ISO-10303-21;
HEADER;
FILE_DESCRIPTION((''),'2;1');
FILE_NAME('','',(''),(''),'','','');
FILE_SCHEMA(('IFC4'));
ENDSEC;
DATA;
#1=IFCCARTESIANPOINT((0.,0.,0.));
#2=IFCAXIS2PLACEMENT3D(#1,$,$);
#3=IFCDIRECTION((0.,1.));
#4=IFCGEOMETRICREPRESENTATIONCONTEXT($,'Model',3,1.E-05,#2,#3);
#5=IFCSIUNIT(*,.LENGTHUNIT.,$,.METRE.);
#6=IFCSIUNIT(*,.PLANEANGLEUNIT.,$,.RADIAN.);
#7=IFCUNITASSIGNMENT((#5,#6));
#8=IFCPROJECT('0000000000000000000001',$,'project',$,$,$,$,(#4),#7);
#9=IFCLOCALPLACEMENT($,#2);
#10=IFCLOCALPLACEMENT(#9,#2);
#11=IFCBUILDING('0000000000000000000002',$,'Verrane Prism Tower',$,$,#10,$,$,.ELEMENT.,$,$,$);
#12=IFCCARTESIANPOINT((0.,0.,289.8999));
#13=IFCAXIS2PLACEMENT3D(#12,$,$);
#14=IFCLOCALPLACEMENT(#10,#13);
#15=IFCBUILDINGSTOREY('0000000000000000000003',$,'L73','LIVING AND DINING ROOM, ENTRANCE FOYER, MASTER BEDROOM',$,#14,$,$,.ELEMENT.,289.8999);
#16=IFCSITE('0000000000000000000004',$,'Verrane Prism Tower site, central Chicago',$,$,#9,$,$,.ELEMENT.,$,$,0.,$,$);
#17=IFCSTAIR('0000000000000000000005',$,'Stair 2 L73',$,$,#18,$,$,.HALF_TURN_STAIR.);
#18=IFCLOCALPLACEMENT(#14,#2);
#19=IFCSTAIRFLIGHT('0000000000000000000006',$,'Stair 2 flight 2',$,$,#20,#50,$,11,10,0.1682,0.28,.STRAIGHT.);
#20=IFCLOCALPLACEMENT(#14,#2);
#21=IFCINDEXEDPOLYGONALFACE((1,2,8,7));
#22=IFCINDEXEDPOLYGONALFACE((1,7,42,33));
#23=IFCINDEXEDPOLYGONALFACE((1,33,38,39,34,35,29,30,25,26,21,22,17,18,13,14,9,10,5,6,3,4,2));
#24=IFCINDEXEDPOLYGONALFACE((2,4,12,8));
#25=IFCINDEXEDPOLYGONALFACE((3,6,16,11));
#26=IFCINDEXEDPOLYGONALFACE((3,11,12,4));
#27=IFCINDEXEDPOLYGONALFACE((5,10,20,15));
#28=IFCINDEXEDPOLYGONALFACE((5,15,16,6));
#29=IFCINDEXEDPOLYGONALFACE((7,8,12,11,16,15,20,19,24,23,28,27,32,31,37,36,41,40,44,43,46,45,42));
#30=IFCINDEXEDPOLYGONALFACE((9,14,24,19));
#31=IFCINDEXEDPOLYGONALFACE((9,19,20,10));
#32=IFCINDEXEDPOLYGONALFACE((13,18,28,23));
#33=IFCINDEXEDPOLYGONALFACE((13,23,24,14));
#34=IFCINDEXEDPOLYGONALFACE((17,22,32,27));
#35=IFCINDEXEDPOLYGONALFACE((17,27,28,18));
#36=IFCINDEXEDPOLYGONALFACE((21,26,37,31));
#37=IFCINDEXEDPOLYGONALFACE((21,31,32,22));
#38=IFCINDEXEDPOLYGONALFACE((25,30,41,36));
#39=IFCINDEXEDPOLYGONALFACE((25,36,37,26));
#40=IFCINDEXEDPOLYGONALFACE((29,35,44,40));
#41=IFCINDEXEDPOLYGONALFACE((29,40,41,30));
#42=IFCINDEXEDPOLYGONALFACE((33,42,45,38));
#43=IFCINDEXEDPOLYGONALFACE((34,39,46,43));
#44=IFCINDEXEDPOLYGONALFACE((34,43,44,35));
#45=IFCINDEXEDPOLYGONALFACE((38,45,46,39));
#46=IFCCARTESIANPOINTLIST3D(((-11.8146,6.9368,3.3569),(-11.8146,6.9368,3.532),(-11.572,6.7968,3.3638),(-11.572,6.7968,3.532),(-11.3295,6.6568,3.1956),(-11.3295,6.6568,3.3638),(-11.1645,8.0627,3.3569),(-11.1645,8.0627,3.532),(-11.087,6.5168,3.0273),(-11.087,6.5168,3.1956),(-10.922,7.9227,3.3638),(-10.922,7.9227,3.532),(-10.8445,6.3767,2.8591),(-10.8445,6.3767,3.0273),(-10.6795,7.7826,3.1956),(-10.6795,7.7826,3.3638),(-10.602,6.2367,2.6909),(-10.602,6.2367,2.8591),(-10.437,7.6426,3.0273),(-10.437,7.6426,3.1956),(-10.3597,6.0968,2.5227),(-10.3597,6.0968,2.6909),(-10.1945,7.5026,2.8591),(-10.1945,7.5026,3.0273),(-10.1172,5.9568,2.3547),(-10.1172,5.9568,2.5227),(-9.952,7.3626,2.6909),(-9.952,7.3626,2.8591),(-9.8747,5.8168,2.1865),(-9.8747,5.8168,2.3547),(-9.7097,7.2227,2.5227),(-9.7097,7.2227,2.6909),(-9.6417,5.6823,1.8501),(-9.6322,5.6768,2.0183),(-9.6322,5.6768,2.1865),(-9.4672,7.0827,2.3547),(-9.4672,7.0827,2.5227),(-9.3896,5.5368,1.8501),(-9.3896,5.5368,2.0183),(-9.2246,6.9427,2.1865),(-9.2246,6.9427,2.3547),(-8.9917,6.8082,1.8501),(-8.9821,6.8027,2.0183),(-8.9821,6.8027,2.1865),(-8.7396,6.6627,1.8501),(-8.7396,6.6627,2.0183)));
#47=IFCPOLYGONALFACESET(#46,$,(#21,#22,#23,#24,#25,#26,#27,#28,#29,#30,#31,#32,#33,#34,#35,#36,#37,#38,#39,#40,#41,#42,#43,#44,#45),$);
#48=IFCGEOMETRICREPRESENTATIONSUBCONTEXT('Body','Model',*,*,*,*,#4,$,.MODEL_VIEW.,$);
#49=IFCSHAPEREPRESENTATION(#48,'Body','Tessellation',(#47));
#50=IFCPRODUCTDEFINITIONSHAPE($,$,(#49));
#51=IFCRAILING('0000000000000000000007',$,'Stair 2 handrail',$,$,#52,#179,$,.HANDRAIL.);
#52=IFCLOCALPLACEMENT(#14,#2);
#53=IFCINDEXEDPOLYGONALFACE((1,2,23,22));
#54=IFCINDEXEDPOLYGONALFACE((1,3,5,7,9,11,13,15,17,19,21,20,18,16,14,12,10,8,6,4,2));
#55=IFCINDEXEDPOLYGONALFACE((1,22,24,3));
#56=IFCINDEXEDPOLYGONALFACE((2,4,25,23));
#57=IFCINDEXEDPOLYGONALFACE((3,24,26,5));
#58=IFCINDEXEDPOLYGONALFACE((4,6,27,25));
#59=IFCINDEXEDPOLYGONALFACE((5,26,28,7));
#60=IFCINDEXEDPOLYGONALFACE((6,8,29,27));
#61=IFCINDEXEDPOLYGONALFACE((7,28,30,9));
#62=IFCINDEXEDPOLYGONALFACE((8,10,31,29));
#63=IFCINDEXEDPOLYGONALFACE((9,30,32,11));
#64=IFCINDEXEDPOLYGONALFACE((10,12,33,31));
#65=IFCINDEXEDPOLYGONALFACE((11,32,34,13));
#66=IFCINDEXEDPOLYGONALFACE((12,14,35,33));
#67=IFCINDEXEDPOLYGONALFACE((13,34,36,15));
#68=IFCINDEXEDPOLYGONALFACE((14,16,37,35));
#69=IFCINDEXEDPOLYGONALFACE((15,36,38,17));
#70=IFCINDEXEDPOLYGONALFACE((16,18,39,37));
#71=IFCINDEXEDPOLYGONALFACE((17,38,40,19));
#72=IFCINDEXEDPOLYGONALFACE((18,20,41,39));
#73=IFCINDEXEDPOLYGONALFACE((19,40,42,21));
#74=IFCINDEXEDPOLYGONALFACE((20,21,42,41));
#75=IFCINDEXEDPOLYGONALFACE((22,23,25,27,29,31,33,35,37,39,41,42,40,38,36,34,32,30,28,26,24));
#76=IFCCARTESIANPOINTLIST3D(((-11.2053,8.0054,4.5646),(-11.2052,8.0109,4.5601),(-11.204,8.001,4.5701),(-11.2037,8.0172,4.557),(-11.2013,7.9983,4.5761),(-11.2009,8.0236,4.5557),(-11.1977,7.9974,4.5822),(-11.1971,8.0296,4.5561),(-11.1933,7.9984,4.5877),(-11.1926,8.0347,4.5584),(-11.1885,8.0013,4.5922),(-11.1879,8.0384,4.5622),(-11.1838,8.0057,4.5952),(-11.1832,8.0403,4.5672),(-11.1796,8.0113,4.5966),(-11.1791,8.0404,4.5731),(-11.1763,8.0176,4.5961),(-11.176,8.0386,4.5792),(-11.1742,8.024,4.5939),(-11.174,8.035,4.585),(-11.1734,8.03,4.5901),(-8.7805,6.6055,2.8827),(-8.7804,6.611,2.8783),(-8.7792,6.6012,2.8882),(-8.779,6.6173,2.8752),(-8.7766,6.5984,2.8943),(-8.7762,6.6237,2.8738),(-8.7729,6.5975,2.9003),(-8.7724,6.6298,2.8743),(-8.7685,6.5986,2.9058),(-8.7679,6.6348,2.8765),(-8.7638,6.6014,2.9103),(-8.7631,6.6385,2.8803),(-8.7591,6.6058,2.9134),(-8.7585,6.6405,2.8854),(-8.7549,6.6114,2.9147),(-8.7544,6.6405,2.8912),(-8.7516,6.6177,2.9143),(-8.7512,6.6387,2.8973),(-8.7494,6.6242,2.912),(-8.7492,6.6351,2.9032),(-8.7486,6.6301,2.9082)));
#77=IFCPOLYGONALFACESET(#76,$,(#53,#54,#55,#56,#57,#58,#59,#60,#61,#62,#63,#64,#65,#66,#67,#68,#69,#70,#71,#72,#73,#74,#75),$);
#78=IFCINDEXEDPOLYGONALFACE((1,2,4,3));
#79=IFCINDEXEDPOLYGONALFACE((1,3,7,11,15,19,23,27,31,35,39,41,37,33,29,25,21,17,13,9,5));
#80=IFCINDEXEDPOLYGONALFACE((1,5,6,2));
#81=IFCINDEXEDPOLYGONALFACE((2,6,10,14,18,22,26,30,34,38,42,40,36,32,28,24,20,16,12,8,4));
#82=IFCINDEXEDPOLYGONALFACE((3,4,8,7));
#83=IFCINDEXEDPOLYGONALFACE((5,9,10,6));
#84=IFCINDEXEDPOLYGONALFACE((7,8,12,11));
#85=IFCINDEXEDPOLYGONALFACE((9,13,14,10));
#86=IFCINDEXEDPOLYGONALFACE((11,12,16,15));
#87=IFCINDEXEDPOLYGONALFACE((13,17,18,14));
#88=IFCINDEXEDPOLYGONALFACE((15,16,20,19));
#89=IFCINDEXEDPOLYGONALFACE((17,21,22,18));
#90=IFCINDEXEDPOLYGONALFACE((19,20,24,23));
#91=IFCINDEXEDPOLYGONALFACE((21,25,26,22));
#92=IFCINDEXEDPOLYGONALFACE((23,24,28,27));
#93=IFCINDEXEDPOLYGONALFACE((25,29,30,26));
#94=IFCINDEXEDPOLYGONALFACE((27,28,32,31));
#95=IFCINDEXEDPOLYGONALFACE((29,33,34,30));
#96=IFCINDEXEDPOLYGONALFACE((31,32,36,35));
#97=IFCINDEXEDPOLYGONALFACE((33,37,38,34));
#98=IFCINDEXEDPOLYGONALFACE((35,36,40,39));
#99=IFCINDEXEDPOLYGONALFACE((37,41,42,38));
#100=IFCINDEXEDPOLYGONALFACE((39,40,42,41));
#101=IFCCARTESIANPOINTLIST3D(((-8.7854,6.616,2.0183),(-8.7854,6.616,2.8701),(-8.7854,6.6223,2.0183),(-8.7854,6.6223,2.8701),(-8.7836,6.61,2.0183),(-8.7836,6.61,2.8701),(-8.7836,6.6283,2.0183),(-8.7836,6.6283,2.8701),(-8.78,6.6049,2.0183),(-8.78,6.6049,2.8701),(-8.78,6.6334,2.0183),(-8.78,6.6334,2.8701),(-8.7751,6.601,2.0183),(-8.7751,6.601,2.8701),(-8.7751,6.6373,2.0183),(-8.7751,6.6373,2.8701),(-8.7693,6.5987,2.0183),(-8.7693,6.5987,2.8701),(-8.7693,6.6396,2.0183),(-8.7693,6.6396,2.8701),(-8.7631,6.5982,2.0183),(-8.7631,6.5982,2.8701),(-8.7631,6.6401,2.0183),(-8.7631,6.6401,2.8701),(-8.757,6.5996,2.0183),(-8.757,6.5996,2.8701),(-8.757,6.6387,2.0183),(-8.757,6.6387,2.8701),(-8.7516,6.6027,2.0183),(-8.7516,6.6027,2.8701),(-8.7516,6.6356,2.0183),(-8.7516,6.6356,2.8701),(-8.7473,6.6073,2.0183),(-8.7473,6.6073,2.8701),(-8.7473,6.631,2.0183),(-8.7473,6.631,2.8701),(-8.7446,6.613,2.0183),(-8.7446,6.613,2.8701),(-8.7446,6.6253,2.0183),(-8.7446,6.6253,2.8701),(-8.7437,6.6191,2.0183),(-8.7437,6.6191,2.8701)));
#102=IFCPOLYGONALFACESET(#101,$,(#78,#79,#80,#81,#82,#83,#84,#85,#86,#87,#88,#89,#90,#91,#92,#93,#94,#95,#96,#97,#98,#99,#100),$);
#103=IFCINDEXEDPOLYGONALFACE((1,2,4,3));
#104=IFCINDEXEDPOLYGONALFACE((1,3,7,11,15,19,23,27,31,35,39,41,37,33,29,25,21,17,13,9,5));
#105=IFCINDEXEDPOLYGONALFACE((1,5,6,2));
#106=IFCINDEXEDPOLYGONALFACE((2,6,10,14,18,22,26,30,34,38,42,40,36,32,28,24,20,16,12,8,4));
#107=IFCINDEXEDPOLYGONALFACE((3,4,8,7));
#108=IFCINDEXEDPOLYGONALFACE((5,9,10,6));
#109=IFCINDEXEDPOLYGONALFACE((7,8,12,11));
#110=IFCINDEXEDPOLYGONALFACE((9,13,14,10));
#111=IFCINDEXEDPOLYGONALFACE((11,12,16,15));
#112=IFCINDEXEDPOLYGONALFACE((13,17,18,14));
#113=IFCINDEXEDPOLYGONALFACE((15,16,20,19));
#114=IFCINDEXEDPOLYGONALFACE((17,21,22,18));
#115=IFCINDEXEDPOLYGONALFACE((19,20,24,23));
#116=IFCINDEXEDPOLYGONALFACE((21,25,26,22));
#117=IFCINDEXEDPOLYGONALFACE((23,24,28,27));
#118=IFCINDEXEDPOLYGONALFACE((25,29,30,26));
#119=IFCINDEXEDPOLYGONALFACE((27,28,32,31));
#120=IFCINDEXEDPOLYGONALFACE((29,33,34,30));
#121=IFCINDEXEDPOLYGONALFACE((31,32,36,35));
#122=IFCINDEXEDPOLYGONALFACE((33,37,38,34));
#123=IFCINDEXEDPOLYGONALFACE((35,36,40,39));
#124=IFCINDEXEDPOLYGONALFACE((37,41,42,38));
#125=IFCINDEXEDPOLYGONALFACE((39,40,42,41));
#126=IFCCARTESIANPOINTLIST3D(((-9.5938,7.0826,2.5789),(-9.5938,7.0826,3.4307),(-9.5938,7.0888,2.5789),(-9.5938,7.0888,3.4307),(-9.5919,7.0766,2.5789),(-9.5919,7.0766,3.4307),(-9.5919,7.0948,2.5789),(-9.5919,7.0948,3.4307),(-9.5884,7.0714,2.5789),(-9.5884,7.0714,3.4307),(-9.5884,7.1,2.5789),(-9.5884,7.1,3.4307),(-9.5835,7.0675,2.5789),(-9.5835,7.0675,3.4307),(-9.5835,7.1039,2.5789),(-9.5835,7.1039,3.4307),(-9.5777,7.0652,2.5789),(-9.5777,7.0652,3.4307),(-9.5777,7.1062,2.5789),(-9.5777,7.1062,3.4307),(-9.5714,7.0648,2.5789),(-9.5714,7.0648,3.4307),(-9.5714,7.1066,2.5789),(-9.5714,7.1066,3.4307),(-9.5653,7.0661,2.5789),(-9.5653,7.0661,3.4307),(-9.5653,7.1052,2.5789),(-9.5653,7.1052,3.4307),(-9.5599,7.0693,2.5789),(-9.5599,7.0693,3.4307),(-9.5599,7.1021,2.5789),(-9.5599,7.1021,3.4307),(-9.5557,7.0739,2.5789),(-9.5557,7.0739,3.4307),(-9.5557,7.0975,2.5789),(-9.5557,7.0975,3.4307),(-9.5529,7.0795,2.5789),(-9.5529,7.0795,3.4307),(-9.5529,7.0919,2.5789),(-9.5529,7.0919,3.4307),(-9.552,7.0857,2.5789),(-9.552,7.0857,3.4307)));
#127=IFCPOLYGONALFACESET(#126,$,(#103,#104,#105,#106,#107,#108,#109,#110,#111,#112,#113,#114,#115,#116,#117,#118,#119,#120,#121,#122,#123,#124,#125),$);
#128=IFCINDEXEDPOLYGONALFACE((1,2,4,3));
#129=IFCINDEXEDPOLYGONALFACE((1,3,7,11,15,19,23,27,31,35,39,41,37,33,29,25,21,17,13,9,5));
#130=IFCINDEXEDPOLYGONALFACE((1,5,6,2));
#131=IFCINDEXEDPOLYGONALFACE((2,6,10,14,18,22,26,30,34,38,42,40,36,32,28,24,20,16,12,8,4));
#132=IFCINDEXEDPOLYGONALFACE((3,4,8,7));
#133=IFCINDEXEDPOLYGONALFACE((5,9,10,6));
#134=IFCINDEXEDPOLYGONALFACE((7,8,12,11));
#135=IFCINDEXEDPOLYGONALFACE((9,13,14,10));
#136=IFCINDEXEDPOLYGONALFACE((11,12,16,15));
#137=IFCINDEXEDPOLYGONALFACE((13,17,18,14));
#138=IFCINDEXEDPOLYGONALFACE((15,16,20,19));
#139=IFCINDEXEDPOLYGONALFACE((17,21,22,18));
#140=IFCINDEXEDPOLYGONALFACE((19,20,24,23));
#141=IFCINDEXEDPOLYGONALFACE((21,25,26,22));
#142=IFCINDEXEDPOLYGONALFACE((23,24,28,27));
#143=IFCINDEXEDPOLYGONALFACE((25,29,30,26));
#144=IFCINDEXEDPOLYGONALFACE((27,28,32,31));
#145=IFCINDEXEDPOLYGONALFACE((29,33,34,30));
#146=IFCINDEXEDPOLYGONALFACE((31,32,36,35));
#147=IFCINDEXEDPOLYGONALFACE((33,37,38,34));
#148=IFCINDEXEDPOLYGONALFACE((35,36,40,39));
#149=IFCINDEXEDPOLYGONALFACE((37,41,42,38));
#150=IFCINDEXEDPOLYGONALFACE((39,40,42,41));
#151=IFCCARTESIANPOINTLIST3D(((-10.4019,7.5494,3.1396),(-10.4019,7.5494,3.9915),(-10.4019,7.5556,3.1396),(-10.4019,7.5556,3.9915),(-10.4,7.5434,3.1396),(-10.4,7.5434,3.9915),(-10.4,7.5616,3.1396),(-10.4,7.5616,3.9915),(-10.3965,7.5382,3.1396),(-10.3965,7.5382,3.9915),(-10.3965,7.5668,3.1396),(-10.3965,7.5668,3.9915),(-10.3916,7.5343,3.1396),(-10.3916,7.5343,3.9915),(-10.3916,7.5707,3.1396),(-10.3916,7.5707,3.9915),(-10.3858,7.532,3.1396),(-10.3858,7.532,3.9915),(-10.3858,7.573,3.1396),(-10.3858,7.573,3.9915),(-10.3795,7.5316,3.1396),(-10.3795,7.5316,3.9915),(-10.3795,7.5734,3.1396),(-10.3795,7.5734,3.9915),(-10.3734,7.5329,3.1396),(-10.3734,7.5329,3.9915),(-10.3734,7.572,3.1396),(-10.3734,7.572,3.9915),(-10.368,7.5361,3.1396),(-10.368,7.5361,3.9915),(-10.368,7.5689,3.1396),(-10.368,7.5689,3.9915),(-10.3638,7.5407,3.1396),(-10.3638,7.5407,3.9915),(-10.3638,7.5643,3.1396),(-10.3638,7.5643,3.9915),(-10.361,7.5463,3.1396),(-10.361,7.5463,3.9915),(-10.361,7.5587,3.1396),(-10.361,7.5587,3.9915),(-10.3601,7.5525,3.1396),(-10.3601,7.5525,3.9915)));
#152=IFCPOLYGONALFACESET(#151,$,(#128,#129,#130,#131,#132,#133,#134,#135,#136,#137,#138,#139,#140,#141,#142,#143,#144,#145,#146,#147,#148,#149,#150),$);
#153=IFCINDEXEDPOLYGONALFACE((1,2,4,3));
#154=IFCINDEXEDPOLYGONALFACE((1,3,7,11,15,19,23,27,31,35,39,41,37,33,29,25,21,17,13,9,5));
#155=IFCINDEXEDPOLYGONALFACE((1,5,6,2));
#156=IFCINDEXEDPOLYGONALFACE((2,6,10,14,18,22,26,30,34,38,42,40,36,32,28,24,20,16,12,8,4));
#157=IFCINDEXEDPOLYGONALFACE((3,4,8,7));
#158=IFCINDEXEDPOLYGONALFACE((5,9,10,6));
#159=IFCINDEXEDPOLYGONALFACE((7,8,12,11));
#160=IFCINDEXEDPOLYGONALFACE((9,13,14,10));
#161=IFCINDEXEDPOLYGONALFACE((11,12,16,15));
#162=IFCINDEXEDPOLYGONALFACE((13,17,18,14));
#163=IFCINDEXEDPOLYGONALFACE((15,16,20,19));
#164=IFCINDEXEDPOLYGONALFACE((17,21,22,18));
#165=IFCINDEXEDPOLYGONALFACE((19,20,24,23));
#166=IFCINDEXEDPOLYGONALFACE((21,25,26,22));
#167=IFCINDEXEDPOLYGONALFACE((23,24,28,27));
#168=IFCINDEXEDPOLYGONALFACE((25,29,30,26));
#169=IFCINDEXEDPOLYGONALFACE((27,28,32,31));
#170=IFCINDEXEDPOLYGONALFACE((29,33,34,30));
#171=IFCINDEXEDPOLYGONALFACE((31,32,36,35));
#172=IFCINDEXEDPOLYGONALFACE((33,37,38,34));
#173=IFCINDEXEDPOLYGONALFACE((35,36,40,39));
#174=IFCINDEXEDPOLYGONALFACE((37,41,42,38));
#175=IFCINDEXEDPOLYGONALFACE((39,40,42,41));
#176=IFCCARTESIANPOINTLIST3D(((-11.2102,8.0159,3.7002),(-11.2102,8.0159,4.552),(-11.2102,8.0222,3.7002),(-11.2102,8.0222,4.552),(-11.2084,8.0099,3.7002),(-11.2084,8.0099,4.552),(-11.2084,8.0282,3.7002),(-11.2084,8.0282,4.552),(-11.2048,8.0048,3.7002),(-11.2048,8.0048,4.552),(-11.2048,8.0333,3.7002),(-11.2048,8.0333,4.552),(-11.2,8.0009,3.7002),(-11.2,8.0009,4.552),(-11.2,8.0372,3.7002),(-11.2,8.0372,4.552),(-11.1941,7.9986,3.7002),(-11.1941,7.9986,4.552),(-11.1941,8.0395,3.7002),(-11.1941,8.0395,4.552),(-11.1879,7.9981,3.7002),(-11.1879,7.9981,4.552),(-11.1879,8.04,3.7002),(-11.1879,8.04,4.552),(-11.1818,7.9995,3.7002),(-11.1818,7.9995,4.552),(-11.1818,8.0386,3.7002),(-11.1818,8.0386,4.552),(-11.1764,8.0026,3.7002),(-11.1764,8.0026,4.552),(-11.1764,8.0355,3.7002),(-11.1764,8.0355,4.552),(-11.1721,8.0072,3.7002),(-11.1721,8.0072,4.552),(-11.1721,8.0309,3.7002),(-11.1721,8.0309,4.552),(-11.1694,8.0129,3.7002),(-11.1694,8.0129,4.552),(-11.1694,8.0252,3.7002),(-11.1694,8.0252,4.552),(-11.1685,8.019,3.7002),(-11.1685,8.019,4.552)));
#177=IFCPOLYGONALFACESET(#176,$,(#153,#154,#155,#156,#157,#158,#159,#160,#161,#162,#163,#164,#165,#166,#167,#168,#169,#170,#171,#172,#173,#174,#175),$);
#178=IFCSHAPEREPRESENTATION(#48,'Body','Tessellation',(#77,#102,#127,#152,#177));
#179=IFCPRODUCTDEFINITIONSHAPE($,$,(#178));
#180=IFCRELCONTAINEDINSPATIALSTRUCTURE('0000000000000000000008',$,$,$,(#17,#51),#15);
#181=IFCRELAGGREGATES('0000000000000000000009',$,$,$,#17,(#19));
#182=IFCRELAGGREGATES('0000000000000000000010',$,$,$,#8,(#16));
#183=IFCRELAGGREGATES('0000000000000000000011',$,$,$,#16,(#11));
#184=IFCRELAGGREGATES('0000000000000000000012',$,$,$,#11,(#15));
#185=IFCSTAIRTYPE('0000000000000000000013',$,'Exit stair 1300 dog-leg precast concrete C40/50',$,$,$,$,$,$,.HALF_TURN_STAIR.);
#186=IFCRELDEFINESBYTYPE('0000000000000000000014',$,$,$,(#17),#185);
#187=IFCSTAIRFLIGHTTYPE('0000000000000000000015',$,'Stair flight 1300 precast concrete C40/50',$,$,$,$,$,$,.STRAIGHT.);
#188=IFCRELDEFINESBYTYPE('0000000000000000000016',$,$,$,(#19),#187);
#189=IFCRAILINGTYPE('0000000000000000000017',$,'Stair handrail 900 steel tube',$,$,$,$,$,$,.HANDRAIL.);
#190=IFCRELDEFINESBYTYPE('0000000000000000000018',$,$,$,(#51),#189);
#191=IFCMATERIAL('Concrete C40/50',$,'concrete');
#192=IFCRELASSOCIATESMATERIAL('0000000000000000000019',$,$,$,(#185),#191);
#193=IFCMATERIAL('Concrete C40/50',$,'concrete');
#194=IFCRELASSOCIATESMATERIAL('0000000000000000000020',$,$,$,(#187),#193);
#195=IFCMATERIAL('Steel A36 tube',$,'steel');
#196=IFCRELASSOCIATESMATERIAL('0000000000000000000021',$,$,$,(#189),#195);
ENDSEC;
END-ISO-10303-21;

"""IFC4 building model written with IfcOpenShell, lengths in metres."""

from ifc_helpers import new_model, si_unit, direction, frame, origin, origin_2d, place, context, subcontext, project, spatial, polyline, circle, outline, extrude, material, type_object, element, aggregate, save


model = new_model("IFC4")

# Units and contexts
model_context = context("Model", 3, precision=1e-05, world=origin(), true_north=direction((0.0, 1.0)))
body_context = subcontext(model_context, "Body", "Model", "MODEL_VIEW")
ifc_project = project(units=[si_unit("LENGTHUNIT", "METRE"), si_unit("PLANEANGLEUNIT", "RADIAN")], contexts=[model_context])

# Site, building, storey
site_placement = place(None, origin())
site = spatial("IfcSite", under=ifc_project, at=site_placement, Name="Verrane Prism Tower site, central Chicago", CompositionType="ELEMENT", RefElevation=0.0)
building_placement = place(site_placement, origin())
building = spatial("IfcBuilding", under=site, at=building_placement, Name="Verrane Prism Tower", CompositionType="ELEMENT")
storey_placement = place(building_placement, frame((0.0, 0.0, 289.8999)))
storey = spatial("IfcBuildingStorey", under=building, at=storey_placement, Name="L73", Description="LIVING AND DINING ROOM, ENTRANCE FOYER, MASTER BEDROOM", CompositionType="ELEMENT", Elevation=289.8999)

# Stair, stair flight
ifc_material_1 = material(Name="Concrete C40/50", Category="concrete")
stair_type = type_object("IfcStairType", Name="Exit stair 1300 dog-leg precast concrete C40/50", PredefinedType="HALF_TURN_STAIR", material=ifc_material_1)
stair_placement = place(storey_placement, origin())
stair = element("IfcStair", 1, at=stair_placement, inside=storey, type_object=stair_type, Name="Stair 2 L73", PredefinedType="HALF_TURN_STAIR")
ifc_material_2 = material(Name="Concrete C40/50", Category="concrete")
stair_flight_type = type_object("IfcStairFlightType", Name="Stair flight 1300 precast concrete C40/50", PredefinedType="STRAIGHT", material=ifc_material_2)
stair_flight_1_placement = place(storey_placement, frame((-9.0647, 6.0996, 1.8501), z_axis=(0.0, 0.0, 1.0), x_axis=(-0.866025, 0.5, 0.0)))
stair_flight_1 = element("IfcStairFlight", 2, at=stair_flight_1_placement, type_object=stair_flight_type, Name="Stair 2 flight 2", NumberOfRisers=11, NumberOfTreads=10, PredefinedType="STRAIGHT", RiserHeight=0.1682, TreadLength=0.28, context=body_context, shape_type="SweptSolid", body=[
    extrude(outline(polyline([(0.0, 0.0), (0.0, 0.1682), (0.28, 0.1682), (0.28, 0.3364), (0.5601, 0.3364), (0.5601, 0.5046), (0.8401, 0.5046), (0.8401, 0.6726), (1.1201, 0.6726), (1.1201, 0.8408), (1.3999, 0.8408), (1.3999, 1.009), (1.6799, 1.009), (1.6799, 1.1772), (1.96, 1.1772), (1.96, 1.3455), (2.24, 1.3455), (2.24, 1.5137), (2.52, 1.5137), (2.52, 1.6819), (2.8, 1.6819), (2.8, 1.8501), (2.8, 1.5068), (0.291, 0.0), (0.0, 0.0)])), frame((0.0, 0.6499, 0.0), z_axis=(0.0, -1.0, 0.0), x_axis=(1.0, 0.0, 0.0)), (0.0, 0.0, 1.0), 1.3),
])
aggregate(stair, [stair_flight_1])

# Railing
ifc_material_3 = material(Name="Steel A36 tube", Category="steel")
railing_type_1 = type_object("IfcRailingType", Name="Stair handrail 900 steel tube", PredefinedType="HANDRAIL", material=ifc_material_3)
railing_1_placement = place(storey_placement, frame((-8.7646, 6.6191, 2.0183)))
element("IfcRailing", 3, at=railing_1_placement, inside=storey, type_object=railing_type_1, Name="Stair 2 handrail", PredefinedType="HANDRAIL", context=body_context, shape_type="SweptSolid", body=[
    extrude(circle(Radius=0.0239, at=origin_2d()), frame((0.0, 0.0, 0.876), z_axis=(-0.74239, 0.428601, 0.514934), x_axis=(-0.499984, -0.866035, 0.0)), (0.0, 0.0, 1.0), 3.2661),
    extrude(circle(Radius=0.021, at=origin_2d()), origin(), (0.0, 0.0, 1.0), 0.8518),
    extrude(circle(Radius=0.021, at=origin_2d()), frame((-0.8083, 0.4666, 0.5605)), (0.0, 0.0, 1.0), 0.8518),
    extrude(circle(Radius=0.021, at=origin_2d()), frame((-1.6165, 0.9333, 1.1213)), (0.0, 0.0, 1.0), 0.8518),
    extrude(circle(Radius=0.021, at=origin_2d()), frame((-2.4248, 1.3999, 1.6819)), (0.0, 0.0, 1.0), 0.8518),
])

save(model, "model.ifc")
